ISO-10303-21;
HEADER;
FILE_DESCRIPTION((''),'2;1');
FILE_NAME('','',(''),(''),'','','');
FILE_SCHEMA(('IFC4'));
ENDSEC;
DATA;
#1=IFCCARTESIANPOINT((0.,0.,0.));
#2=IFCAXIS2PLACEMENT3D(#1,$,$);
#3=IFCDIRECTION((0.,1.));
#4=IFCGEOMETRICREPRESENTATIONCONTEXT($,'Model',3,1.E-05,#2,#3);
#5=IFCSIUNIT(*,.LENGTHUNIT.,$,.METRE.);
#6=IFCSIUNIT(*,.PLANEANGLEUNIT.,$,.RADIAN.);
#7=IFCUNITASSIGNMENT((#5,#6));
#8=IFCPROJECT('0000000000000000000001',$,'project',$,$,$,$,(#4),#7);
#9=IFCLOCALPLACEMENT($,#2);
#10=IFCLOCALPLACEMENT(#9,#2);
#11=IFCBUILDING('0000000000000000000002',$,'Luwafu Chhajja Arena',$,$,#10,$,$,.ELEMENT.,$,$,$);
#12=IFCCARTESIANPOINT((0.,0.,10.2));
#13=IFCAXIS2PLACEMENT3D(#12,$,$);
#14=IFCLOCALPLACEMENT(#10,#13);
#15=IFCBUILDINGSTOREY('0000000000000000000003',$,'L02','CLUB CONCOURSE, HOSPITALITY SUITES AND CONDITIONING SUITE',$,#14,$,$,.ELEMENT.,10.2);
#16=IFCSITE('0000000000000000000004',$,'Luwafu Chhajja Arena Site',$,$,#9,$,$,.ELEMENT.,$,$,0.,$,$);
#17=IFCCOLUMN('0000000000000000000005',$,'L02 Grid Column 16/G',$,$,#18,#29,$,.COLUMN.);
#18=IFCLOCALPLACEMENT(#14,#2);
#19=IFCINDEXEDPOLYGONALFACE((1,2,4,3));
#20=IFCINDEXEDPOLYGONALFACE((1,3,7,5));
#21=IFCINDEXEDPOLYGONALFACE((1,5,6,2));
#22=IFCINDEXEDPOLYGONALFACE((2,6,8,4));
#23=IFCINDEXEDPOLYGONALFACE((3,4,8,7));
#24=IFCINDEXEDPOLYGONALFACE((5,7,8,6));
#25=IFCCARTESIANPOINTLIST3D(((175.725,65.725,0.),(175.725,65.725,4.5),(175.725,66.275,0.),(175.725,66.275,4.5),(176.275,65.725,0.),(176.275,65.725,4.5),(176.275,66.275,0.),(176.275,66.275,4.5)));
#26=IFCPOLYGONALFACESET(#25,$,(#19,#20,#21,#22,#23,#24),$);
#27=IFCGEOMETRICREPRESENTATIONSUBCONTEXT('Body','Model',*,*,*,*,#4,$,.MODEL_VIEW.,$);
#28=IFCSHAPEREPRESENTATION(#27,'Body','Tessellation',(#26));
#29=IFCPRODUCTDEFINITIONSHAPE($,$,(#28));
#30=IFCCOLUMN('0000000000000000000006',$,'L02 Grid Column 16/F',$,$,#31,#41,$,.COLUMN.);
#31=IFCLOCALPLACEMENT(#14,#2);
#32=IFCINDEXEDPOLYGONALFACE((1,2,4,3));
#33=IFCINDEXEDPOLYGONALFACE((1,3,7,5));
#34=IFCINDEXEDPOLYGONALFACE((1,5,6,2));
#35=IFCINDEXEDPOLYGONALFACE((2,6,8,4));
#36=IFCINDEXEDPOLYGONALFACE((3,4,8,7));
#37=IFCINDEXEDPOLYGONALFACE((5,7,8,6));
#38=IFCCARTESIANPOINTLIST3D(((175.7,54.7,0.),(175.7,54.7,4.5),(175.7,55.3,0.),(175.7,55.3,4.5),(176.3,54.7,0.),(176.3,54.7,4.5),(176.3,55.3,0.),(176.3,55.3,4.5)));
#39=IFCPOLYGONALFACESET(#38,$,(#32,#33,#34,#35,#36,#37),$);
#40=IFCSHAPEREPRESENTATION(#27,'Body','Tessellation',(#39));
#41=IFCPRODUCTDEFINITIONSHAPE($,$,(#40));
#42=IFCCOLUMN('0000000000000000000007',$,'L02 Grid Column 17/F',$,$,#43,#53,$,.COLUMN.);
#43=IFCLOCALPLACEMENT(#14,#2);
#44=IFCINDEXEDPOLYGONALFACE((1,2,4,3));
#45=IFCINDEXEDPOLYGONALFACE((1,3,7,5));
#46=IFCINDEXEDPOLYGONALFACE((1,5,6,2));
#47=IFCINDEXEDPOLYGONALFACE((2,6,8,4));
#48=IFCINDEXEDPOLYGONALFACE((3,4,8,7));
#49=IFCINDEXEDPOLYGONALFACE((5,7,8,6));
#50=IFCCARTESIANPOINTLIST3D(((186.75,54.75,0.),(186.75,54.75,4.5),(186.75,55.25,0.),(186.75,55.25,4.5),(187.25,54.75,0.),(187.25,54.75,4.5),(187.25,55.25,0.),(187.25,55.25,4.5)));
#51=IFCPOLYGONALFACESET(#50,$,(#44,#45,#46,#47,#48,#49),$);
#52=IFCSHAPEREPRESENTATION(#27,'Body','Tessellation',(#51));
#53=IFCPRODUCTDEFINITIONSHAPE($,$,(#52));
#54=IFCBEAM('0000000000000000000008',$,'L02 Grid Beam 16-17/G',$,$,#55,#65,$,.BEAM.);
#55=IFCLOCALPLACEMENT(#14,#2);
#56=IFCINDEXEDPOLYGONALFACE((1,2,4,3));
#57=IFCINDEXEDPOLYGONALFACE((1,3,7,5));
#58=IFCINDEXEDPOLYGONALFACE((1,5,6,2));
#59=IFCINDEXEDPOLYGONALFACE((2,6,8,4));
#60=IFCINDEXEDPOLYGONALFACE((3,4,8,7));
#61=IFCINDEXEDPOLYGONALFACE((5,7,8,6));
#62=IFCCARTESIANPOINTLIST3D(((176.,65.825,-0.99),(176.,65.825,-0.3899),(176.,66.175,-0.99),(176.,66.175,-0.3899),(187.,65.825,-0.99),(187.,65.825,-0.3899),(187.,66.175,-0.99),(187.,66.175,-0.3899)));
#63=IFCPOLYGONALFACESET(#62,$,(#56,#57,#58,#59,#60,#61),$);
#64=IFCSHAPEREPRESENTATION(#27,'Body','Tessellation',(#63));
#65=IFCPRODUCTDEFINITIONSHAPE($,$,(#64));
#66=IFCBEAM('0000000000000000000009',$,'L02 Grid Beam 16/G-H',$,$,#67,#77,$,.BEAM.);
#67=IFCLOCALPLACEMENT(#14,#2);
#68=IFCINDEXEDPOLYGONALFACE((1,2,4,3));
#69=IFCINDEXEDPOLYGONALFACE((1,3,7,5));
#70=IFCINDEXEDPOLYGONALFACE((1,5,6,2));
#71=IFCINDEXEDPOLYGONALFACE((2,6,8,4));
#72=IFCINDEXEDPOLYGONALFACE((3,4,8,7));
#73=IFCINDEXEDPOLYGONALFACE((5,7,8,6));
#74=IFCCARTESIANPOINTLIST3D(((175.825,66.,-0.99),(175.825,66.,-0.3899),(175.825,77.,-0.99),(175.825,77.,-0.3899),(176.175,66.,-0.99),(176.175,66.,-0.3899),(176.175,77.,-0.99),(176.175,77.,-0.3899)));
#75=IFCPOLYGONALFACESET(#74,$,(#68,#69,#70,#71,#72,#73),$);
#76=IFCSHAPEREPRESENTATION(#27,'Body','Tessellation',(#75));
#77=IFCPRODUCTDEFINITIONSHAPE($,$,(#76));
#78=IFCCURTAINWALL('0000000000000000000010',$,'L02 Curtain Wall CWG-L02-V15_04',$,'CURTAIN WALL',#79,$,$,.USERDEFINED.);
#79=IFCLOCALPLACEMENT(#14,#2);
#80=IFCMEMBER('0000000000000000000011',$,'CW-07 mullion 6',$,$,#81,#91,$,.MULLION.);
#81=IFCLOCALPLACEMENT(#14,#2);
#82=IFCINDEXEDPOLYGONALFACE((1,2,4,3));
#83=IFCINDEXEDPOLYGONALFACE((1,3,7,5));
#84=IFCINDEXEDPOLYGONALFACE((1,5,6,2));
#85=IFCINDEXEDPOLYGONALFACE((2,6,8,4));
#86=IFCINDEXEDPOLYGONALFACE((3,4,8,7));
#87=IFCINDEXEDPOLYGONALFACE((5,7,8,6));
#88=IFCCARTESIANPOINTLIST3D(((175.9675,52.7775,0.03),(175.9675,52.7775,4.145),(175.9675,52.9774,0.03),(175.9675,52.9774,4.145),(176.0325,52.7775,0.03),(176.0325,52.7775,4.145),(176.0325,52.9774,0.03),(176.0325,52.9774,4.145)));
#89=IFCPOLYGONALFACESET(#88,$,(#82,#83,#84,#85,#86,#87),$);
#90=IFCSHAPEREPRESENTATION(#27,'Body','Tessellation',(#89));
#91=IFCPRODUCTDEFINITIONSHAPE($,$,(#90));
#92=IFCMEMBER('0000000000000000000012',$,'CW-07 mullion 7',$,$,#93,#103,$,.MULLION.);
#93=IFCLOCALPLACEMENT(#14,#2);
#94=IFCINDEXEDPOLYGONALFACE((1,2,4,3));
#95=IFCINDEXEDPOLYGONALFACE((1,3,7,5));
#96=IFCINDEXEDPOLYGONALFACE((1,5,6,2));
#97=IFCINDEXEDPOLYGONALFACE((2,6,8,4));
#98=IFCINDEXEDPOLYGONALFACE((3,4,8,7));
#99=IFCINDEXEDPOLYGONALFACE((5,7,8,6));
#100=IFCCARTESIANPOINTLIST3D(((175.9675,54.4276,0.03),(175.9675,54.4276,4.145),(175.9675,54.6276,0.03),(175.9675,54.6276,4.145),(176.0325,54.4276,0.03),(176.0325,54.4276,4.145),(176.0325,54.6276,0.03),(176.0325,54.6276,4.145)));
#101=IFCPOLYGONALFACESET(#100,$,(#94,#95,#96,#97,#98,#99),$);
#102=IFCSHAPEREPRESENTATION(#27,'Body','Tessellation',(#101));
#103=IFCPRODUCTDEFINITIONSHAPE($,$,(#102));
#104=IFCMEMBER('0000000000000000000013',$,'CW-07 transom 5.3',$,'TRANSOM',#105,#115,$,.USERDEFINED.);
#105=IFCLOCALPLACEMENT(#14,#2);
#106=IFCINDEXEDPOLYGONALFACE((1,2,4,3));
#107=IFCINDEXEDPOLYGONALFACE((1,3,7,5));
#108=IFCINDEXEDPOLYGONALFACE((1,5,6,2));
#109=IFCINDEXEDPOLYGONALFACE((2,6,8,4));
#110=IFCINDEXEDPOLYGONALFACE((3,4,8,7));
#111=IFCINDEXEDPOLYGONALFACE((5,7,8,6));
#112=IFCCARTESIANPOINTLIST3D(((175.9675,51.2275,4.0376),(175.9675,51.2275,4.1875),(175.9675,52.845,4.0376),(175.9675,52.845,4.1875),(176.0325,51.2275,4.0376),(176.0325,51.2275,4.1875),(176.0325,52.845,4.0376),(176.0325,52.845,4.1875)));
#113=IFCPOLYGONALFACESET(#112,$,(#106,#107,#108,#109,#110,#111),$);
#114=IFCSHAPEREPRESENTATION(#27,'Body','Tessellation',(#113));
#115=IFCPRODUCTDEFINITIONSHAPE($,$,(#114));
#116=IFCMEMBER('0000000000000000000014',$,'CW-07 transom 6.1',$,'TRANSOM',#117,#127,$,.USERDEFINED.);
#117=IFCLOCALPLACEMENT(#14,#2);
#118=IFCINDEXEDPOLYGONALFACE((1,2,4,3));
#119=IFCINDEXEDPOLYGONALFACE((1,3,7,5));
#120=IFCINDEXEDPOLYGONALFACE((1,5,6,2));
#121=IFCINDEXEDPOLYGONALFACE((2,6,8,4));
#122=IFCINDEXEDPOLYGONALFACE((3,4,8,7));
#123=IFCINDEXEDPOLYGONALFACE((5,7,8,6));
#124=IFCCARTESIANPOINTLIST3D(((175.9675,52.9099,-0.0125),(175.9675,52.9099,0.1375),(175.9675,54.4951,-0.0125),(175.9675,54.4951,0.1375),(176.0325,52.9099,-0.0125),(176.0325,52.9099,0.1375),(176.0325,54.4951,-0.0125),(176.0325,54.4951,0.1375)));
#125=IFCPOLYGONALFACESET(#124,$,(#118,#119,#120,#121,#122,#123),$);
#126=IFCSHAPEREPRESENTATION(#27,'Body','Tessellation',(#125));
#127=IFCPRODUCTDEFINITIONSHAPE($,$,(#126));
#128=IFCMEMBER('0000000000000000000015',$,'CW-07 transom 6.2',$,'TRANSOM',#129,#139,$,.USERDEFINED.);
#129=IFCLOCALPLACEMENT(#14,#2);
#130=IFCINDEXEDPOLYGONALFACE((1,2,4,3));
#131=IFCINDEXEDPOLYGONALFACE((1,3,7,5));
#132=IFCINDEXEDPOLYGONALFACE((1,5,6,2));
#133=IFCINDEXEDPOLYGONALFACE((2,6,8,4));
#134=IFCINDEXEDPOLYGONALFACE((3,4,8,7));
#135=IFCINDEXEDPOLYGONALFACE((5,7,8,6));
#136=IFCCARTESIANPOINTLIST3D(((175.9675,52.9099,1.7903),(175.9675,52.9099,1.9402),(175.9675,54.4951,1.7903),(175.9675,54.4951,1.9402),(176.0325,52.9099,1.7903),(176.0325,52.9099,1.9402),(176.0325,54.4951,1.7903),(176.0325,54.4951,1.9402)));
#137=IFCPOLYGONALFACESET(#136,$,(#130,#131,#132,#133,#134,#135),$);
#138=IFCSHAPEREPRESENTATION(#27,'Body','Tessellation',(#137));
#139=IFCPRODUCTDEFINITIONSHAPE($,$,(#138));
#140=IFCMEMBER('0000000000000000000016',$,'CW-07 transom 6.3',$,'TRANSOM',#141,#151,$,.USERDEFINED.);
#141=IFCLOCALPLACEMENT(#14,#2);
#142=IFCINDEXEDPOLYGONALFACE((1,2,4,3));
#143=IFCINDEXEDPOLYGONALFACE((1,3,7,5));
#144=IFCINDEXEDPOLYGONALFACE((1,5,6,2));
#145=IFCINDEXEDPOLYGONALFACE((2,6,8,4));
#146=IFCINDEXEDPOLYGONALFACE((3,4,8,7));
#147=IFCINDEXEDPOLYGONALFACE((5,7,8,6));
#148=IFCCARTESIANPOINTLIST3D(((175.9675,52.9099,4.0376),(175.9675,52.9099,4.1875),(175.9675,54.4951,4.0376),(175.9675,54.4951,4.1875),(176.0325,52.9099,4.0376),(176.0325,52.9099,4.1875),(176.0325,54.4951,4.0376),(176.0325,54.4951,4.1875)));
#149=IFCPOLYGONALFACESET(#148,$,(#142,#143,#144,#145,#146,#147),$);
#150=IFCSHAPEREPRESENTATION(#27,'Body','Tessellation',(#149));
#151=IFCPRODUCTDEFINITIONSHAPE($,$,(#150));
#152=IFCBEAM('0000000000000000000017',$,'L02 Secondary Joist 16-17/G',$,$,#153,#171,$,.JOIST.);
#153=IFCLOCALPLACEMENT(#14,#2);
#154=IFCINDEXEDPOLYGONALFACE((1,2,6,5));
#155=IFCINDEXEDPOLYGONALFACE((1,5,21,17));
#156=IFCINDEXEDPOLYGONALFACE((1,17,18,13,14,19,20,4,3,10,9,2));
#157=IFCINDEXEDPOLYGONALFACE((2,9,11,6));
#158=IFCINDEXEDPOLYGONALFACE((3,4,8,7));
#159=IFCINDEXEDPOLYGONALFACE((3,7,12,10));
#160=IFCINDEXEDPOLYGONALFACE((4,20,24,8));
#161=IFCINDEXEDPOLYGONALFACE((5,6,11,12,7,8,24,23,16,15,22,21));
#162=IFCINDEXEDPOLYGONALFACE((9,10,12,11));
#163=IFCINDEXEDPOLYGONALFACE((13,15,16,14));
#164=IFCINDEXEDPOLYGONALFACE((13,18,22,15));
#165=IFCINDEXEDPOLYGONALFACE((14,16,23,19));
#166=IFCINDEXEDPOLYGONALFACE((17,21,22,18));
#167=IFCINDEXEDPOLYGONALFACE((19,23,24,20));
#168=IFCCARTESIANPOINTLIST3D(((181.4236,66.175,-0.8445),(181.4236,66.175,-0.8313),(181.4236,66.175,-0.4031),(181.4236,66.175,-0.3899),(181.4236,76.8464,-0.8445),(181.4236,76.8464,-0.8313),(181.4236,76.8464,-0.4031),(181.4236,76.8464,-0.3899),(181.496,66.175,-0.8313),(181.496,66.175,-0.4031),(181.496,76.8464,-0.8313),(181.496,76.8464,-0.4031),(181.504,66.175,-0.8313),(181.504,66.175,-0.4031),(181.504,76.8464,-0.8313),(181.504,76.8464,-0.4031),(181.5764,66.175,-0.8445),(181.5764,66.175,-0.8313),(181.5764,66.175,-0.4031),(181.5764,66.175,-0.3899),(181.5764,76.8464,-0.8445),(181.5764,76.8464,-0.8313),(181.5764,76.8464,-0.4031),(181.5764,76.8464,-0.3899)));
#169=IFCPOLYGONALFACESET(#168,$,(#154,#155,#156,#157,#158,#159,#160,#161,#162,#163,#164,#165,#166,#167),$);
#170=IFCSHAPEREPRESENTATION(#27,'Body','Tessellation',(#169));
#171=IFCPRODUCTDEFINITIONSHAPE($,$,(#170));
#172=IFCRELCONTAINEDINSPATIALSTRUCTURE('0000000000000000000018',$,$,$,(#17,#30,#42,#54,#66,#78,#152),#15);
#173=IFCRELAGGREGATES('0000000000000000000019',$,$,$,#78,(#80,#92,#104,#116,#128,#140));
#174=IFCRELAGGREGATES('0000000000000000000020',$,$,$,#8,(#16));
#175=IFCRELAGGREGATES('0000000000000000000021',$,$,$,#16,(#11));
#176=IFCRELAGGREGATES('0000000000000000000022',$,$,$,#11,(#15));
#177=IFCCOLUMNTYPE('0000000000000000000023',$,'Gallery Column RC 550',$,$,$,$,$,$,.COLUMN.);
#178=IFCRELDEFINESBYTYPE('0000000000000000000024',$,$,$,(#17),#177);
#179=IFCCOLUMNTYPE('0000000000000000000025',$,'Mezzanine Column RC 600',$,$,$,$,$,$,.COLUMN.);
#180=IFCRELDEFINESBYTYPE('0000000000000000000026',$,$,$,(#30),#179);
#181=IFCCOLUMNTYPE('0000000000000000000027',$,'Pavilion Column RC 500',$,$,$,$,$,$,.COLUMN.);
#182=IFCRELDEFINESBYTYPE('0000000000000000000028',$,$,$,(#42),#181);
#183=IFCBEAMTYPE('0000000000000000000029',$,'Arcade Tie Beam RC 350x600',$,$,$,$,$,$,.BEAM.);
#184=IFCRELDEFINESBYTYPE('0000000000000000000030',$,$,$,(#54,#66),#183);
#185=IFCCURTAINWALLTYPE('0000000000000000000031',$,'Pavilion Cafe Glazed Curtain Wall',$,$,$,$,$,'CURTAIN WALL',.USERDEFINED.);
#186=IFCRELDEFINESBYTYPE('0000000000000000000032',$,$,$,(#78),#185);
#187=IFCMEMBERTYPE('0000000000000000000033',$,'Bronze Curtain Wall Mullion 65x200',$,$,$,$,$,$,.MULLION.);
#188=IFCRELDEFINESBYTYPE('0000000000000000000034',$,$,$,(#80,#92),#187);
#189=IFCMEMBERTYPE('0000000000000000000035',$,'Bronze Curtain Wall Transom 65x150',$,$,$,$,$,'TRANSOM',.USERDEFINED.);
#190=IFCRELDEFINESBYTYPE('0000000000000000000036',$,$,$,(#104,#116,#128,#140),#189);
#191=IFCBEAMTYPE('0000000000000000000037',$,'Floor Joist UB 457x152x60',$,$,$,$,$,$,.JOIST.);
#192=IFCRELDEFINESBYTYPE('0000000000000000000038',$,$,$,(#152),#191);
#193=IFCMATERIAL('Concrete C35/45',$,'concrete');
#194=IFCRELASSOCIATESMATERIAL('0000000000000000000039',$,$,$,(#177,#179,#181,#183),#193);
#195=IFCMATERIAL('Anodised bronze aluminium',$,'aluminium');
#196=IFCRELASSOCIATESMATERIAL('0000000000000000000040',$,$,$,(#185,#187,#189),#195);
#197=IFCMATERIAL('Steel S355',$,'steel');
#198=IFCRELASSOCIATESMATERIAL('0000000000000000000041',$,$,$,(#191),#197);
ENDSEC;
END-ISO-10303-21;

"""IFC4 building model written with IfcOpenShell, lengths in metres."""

from ifc_helpers import new_model, si_unit, direction, frame, origin, origin_2d, place, context, subcontext, project, spatial, rectangle, i_section, extrude, material, material_profile, profile_set, type_object, element, aggregate, save


model = new_model("IFC4")

# Units and contexts
model_context = context("Model", 3, precision=1e-05, world=origin(), true_north=direction((0.0, 1.0)))
body_context = subcontext(model_context, "Body", "Model", "MODEL_VIEW")
ifc_project = project(units=[si_unit("LENGTHUNIT", "METRE"), si_unit("PLANEANGLEUNIT", "RADIAN")], contexts=[model_context])

# Site, building, storey
site_placement = place(None, origin())
site = spatial("IfcSite", under=ifc_project, at=site_placement, Name="Luwafu Chhajja Arena Site", CompositionType="ELEMENT", RefElevation=0.0)
building_placement = place(site_placement, origin())
building = spatial("IfcBuilding", under=site, at=building_placement, Name="Luwafu Chhajja Arena", CompositionType="ELEMENT")
storey_placement = place(building_placement, frame((0.0, 0.0, 10.2)))
storey = spatial("IfcBuildingStorey", under=building, at=storey_placement, Name="L02", Description="CLUB CONCOURSE, HOSPITALITY SUITES AND CONDITIONING SUITE", CompositionType="ELEMENT", Elevation=10.2)

# Columns
ifc_material_1 = material(Name="Concrete C35/45", Category="concrete")
ifc_material_profile_1 = material_profile(ifc_material_1, rectangle(XDim=0.55, YDim=0.55, at=origin_2d()), Name="RC 550x550")
ifc_profile_set_1 = profile_set([ifc_material_profile_1], Name="Concrete C35/45")
column_type_1 = type_object("IfcColumnType", Name="Gallery Column RC 550", PredefinedType="COLUMN", material=ifc_profile_set_1)
column_1_placement = place(storey_placement, frame((176.0, 66.0, 0.0), z_axis=(0.0, 0.0, 1.0), x_axis=(1.0, 0.0, 0.0)))
element("IfcColumn", 1, at=column_1_placement, inside=storey, type_object=column_type_1, Name="L02 Grid Column 16/G", PredefinedType="COLUMN", context=body_context, shape_type="SweptSolid", body=[
    extrude(rectangle(XDim=0.55, YDim=0.55, at=origin_2d()), origin(), (0.0, 0.0, 1.0), 4.5),
])
ifc_material_profile_2 = material_profile(ifc_material_1, rectangle(XDim=0.6001, YDim=0.6001, at=origin_2d()), Name="RC 600x600")
ifc_profile_set_2 = profile_set([ifc_material_profile_2], Name="Concrete C35/45")
column_type_2 = type_object("IfcColumnType", Name="Mezzanine Column RC 600", PredefinedType="COLUMN", material=ifc_profile_set_2)
column_2_placement = place(storey_placement, frame((176.0, 55.0, 0.0), z_axis=(0.0, 0.0, 1.0), x_axis=(1.0, 0.0, 0.0)))
element("IfcColumn", 2, at=column_2_placement, inside=storey, type_object=column_type_2, Name="L02 Grid Column 16/F", PredefinedType="COLUMN", context=body_context, shape_type="SweptSolid", body=[
    extrude(rectangle(XDim=0.6001, YDim=0.6001, at=origin_2d()), origin(), (0.0, 0.0, 1.0), 4.5),
])
ifc_material_profile_3 = material_profile(ifc_material_1, rectangle(XDim=0.5, YDim=0.5, at=origin_2d()), Name="RC 500x500")
ifc_profile_set_3 = profile_set([ifc_material_profile_3], Name="Concrete C35/45")
column_type_3 = type_object("IfcColumnType", Name="Pavilion Column RC 500", PredefinedType="COLUMN", material=ifc_profile_set_3)
column_3_placement = place(storey_placement, frame((187.0, 55.0, 0.0), z_axis=(0.0, 0.0, 1.0), x_axis=(1.0, 0.0, 0.0)))
element("IfcColumn", 3, at=column_3_placement, inside=storey, type_object=column_type_3, Name="L02 Grid Column 17/F", PredefinedType="COLUMN", context=body_context, shape_type="SweptSolid", body=[
    extrude(rectangle(XDim=0.5, YDim=0.5, at=origin_2d()), origin(), (0.0, 0.0, 1.0), 4.5),
])

# Beams
ifc_material_profile_4 = material_profile(ifc_material_1, rectangle(XDim=0.3501, YDim=0.6001, at=origin_2d()), Name="RC 350x600")
ifc_profile_set_4 = profile_set([ifc_material_profile_4], Name="Concrete C35/45")
beam_type_1 = type_object("IfcBeamType", Name="Arcade Tie Beam RC 350x600", PredefinedType="BEAM", material=ifc_profile_set_4)
for number, where, z_axis, x_axis, name in (
    (4, (176.0, 66.0, -0.6899), (1.0, 0.0, 0.0), (0.0, 1.0, 0.0), "L02 Grid Beam 16-17/G"),
    (5, (176.0, 66.0, -0.6899), (0.0, 1.0, 0.0), (-1.0, 0.0, 0.0), "L02 Grid Beam 16/G-H"),
):
    element("IfcBeam", number, at=place(storey_placement, frame(where, z_axis=z_axis, x_axis=x_axis)), inside=storey, type_object=beam_type_1, Name=name, PredefinedType="BEAM", context=body_context, shape_type="SweptSolid", body=[
        extrude(rectangle(XDim=0.3501, YDim=0.6001, at=origin_2d()), origin(), (0.0, 0.0, 1.0), 11.0),
    ])

# Curtain wall, members
ifc_material_2 = material(Name="Anodised bronze aluminium", Category="aluminium")
curtain_wall_type = type_object("IfcCurtainWallType", Name="Pavilion Cafe Glazed Curtain Wall", ElementType="CURTAIN WALL", PredefinedType="USERDEFINED", material=ifc_material_2)
curtain_wall_placement = place(storey_placement, origin())
curtain_wall = element("IfcCurtainWall", 6, at=curtain_wall_placement, inside=storey, type_object=curtain_wall_type, Name="L02 Curtain Wall CWG-L02-V15_04", ObjectType="CURTAIN WALL", PredefinedType="USERDEFINED")
ifc_material_profile_5 = material_profile(ifc_material_2, rectangle(XDim=0.0649, YDim=0.2, at=origin_2d()), Name="CWM 65x200")
ifc_profile_set_5 = profile_set([ifc_material_profile_5], Name="Anodised bronze aluminium")
member_type_1 = type_object("IfcMemberType", Name="Bronze Curtain Wall Mullion 65x200", PredefinedType="MULLION", material=ifc_profile_set_5)
member_1_placement = place(storey_placement, frame((176.0, 52.8774, 0.03), z_axis=(0.0, 0.0, 1.0), x_axis=(-1.0, 0.0, 0.0)))
member_1 = element("IfcMember", 7, at=member_1_placement, type_object=member_type_1, Name="CW-07 mullion 6", PredefinedType="MULLION", context=body_context, shape_type="SweptSolid", body=[
    extrude(rectangle(XDim=0.0649, YDim=0.2, at=origin_2d()), origin(), (0.0, 0.0, 1.0), 4.115),
])
member_2_placement = place(storey_placement, frame((176.0, 54.5276, 0.03), z_axis=(0.0, 0.0, 1.0), x_axis=(-1.0, 0.0, 0.0)))
member_2 = element("IfcMember", 8, at=member_2_placement, type_object=member_type_1, Name="CW-07 mullion 7", PredefinedType="MULLION", context=body_context, shape_type="SweptSolid", body=[
    extrude(rectangle(XDim=0.0649, YDim=0.2, at=origin_2d()), origin(), (0.0, 0.0, 1.0), 4.115),
])
ifc_material_profile_6 = material_profile(ifc_material_2, rectangle(XDim=0.0649, YDim=0.1499, at=origin_2d()), Name="CWT 65x150")
ifc_profile_set_6 = profile_set([ifc_material_profile_6], Name="Anodised bronze aluminium")
member_type_2 = type_object("IfcMemberType", Name="Bronze Curtain Wall Transom 65x150", ElementType="TRANSOM", PredefinedType="USERDEFINED", material=ifc_profile_set_6)
member_3_placement = place(storey_placement, frame((176.0, 51.2275, 4.1125), z_axis=(0.0, 1.0, 0.0), x_axis=(-1.0, 0.0, 0.0)))
member_3 = element("IfcMember", 9, at=member_3_placement, type_object=member_type_2, Name="CW-07 transom 5.3", ObjectType="TRANSOM", PredefinedType="USERDEFINED", context=body_context, shape_type="SweptSolid", body=[
    extrude(rectangle(XDim=0.0649, YDim=0.1499, at=origin_2d()), origin(), (0.0, 0.0, 1.0), 1.6174),
])
member_4_placement = place(storey_placement, frame((176.0, 52.9099, 0.0625), z_axis=(0.0, 1.0, 0.0), x_axis=(-1.0, 0.0, 0.0)))
member_4 = element("IfcMember", 10, at=member_4_placement, type_object=member_type_2, Name="CW-07 transom 6.1", ObjectType="TRANSOM", PredefinedType="USERDEFINED", context=body_context, shape_type="SweptSolid", body=[
    extrude(rectangle(XDim=0.0649, YDim=0.1499, at=origin_2d()), origin(), (0.0, 0.0, 1.0), 1.5852),
])
member_5_placement = place(storey_placement, frame((176.0, 52.9099, 1.8652), z_axis=(0.0, 1.0, 0.0), x_axis=(-1.0, 0.0, 0.0)))
member_5 = element("IfcMember", 11, at=member_5_placement, type_object=member_type_2, Name="CW-07 transom 6.2", ObjectType="TRANSOM", PredefinedType="USERDEFINED", context=body_context, shape_type="SweptSolid", body=[
    extrude(rectangle(XDim=0.0649, YDim=0.1499, at=origin_2d()), origin(), (0.0, 0.0, 1.0), 1.5852),
])
member_6_placement = place(storey_placement, frame((176.0, 52.9099, 4.1125), z_axis=(0.0, 1.0, 0.0), x_axis=(-1.0, 0.0, 0.0)))
member_6 = element("IfcMember", 12, at=member_6_placement, type_object=member_type_2, Name="CW-07 transom 6.3", ObjectType="TRANSOM", PredefinedType="USERDEFINED", context=body_context, shape_type="SweptSolid", body=[
    extrude(rectangle(XDim=0.0649, YDim=0.1499, at=origin_2d()), origin(), (0.0, 0.0, 1.0), 1.5852),
])

# Beam
ifc_material_3 = material(Name="Steel S355", Category="steel")
ifc_material_profile_7 = material_profile(ifc_material_3, i_section(OverallWidth=0.1528, OverallDepth=0.4546, WebThickness=0.0081, FlangeThickness=0.0132, at=origin_2d()), Name="UB 457x152x60")
ifc_profile_set_7 = profile_set([ifc_material_profile_7], Name="Steel S355")
beam_type_2 = type_object("IfcBeamType", Name="Floor Joist UB 457x152x60", PredefinedType="JOIST", material=ifc_profile_set_7)
beam_1_placement = place(storey_placement, frame((181.5, 66.175, -0.6172), z_axis=(0.0, 1.0, 0.0), x_axis=(-1.0, 0.0, 0.0)))
element("IfcBeam", 13, at=beam_1_placement, inside=storey, type_object=beam_type_2, Name="L02 Secondary Joist 16-17/G", PredefinedType="JOIST", context=body_context, shape_type="SweptSolid", body=[
    extrude(i_section(OverallWidth=0.1528, OverallDepth=0.4546, WebThickness=0.0081, FlangeThickness=0.0132, at=origin_2d()), origin(), (0.0, 0.0, 1.0), 10.6714),
])

aggregate(curtain_wall, [member_1, member_2, member_3, member_4, member_5, member_6])

save(model, "model.ifc")
